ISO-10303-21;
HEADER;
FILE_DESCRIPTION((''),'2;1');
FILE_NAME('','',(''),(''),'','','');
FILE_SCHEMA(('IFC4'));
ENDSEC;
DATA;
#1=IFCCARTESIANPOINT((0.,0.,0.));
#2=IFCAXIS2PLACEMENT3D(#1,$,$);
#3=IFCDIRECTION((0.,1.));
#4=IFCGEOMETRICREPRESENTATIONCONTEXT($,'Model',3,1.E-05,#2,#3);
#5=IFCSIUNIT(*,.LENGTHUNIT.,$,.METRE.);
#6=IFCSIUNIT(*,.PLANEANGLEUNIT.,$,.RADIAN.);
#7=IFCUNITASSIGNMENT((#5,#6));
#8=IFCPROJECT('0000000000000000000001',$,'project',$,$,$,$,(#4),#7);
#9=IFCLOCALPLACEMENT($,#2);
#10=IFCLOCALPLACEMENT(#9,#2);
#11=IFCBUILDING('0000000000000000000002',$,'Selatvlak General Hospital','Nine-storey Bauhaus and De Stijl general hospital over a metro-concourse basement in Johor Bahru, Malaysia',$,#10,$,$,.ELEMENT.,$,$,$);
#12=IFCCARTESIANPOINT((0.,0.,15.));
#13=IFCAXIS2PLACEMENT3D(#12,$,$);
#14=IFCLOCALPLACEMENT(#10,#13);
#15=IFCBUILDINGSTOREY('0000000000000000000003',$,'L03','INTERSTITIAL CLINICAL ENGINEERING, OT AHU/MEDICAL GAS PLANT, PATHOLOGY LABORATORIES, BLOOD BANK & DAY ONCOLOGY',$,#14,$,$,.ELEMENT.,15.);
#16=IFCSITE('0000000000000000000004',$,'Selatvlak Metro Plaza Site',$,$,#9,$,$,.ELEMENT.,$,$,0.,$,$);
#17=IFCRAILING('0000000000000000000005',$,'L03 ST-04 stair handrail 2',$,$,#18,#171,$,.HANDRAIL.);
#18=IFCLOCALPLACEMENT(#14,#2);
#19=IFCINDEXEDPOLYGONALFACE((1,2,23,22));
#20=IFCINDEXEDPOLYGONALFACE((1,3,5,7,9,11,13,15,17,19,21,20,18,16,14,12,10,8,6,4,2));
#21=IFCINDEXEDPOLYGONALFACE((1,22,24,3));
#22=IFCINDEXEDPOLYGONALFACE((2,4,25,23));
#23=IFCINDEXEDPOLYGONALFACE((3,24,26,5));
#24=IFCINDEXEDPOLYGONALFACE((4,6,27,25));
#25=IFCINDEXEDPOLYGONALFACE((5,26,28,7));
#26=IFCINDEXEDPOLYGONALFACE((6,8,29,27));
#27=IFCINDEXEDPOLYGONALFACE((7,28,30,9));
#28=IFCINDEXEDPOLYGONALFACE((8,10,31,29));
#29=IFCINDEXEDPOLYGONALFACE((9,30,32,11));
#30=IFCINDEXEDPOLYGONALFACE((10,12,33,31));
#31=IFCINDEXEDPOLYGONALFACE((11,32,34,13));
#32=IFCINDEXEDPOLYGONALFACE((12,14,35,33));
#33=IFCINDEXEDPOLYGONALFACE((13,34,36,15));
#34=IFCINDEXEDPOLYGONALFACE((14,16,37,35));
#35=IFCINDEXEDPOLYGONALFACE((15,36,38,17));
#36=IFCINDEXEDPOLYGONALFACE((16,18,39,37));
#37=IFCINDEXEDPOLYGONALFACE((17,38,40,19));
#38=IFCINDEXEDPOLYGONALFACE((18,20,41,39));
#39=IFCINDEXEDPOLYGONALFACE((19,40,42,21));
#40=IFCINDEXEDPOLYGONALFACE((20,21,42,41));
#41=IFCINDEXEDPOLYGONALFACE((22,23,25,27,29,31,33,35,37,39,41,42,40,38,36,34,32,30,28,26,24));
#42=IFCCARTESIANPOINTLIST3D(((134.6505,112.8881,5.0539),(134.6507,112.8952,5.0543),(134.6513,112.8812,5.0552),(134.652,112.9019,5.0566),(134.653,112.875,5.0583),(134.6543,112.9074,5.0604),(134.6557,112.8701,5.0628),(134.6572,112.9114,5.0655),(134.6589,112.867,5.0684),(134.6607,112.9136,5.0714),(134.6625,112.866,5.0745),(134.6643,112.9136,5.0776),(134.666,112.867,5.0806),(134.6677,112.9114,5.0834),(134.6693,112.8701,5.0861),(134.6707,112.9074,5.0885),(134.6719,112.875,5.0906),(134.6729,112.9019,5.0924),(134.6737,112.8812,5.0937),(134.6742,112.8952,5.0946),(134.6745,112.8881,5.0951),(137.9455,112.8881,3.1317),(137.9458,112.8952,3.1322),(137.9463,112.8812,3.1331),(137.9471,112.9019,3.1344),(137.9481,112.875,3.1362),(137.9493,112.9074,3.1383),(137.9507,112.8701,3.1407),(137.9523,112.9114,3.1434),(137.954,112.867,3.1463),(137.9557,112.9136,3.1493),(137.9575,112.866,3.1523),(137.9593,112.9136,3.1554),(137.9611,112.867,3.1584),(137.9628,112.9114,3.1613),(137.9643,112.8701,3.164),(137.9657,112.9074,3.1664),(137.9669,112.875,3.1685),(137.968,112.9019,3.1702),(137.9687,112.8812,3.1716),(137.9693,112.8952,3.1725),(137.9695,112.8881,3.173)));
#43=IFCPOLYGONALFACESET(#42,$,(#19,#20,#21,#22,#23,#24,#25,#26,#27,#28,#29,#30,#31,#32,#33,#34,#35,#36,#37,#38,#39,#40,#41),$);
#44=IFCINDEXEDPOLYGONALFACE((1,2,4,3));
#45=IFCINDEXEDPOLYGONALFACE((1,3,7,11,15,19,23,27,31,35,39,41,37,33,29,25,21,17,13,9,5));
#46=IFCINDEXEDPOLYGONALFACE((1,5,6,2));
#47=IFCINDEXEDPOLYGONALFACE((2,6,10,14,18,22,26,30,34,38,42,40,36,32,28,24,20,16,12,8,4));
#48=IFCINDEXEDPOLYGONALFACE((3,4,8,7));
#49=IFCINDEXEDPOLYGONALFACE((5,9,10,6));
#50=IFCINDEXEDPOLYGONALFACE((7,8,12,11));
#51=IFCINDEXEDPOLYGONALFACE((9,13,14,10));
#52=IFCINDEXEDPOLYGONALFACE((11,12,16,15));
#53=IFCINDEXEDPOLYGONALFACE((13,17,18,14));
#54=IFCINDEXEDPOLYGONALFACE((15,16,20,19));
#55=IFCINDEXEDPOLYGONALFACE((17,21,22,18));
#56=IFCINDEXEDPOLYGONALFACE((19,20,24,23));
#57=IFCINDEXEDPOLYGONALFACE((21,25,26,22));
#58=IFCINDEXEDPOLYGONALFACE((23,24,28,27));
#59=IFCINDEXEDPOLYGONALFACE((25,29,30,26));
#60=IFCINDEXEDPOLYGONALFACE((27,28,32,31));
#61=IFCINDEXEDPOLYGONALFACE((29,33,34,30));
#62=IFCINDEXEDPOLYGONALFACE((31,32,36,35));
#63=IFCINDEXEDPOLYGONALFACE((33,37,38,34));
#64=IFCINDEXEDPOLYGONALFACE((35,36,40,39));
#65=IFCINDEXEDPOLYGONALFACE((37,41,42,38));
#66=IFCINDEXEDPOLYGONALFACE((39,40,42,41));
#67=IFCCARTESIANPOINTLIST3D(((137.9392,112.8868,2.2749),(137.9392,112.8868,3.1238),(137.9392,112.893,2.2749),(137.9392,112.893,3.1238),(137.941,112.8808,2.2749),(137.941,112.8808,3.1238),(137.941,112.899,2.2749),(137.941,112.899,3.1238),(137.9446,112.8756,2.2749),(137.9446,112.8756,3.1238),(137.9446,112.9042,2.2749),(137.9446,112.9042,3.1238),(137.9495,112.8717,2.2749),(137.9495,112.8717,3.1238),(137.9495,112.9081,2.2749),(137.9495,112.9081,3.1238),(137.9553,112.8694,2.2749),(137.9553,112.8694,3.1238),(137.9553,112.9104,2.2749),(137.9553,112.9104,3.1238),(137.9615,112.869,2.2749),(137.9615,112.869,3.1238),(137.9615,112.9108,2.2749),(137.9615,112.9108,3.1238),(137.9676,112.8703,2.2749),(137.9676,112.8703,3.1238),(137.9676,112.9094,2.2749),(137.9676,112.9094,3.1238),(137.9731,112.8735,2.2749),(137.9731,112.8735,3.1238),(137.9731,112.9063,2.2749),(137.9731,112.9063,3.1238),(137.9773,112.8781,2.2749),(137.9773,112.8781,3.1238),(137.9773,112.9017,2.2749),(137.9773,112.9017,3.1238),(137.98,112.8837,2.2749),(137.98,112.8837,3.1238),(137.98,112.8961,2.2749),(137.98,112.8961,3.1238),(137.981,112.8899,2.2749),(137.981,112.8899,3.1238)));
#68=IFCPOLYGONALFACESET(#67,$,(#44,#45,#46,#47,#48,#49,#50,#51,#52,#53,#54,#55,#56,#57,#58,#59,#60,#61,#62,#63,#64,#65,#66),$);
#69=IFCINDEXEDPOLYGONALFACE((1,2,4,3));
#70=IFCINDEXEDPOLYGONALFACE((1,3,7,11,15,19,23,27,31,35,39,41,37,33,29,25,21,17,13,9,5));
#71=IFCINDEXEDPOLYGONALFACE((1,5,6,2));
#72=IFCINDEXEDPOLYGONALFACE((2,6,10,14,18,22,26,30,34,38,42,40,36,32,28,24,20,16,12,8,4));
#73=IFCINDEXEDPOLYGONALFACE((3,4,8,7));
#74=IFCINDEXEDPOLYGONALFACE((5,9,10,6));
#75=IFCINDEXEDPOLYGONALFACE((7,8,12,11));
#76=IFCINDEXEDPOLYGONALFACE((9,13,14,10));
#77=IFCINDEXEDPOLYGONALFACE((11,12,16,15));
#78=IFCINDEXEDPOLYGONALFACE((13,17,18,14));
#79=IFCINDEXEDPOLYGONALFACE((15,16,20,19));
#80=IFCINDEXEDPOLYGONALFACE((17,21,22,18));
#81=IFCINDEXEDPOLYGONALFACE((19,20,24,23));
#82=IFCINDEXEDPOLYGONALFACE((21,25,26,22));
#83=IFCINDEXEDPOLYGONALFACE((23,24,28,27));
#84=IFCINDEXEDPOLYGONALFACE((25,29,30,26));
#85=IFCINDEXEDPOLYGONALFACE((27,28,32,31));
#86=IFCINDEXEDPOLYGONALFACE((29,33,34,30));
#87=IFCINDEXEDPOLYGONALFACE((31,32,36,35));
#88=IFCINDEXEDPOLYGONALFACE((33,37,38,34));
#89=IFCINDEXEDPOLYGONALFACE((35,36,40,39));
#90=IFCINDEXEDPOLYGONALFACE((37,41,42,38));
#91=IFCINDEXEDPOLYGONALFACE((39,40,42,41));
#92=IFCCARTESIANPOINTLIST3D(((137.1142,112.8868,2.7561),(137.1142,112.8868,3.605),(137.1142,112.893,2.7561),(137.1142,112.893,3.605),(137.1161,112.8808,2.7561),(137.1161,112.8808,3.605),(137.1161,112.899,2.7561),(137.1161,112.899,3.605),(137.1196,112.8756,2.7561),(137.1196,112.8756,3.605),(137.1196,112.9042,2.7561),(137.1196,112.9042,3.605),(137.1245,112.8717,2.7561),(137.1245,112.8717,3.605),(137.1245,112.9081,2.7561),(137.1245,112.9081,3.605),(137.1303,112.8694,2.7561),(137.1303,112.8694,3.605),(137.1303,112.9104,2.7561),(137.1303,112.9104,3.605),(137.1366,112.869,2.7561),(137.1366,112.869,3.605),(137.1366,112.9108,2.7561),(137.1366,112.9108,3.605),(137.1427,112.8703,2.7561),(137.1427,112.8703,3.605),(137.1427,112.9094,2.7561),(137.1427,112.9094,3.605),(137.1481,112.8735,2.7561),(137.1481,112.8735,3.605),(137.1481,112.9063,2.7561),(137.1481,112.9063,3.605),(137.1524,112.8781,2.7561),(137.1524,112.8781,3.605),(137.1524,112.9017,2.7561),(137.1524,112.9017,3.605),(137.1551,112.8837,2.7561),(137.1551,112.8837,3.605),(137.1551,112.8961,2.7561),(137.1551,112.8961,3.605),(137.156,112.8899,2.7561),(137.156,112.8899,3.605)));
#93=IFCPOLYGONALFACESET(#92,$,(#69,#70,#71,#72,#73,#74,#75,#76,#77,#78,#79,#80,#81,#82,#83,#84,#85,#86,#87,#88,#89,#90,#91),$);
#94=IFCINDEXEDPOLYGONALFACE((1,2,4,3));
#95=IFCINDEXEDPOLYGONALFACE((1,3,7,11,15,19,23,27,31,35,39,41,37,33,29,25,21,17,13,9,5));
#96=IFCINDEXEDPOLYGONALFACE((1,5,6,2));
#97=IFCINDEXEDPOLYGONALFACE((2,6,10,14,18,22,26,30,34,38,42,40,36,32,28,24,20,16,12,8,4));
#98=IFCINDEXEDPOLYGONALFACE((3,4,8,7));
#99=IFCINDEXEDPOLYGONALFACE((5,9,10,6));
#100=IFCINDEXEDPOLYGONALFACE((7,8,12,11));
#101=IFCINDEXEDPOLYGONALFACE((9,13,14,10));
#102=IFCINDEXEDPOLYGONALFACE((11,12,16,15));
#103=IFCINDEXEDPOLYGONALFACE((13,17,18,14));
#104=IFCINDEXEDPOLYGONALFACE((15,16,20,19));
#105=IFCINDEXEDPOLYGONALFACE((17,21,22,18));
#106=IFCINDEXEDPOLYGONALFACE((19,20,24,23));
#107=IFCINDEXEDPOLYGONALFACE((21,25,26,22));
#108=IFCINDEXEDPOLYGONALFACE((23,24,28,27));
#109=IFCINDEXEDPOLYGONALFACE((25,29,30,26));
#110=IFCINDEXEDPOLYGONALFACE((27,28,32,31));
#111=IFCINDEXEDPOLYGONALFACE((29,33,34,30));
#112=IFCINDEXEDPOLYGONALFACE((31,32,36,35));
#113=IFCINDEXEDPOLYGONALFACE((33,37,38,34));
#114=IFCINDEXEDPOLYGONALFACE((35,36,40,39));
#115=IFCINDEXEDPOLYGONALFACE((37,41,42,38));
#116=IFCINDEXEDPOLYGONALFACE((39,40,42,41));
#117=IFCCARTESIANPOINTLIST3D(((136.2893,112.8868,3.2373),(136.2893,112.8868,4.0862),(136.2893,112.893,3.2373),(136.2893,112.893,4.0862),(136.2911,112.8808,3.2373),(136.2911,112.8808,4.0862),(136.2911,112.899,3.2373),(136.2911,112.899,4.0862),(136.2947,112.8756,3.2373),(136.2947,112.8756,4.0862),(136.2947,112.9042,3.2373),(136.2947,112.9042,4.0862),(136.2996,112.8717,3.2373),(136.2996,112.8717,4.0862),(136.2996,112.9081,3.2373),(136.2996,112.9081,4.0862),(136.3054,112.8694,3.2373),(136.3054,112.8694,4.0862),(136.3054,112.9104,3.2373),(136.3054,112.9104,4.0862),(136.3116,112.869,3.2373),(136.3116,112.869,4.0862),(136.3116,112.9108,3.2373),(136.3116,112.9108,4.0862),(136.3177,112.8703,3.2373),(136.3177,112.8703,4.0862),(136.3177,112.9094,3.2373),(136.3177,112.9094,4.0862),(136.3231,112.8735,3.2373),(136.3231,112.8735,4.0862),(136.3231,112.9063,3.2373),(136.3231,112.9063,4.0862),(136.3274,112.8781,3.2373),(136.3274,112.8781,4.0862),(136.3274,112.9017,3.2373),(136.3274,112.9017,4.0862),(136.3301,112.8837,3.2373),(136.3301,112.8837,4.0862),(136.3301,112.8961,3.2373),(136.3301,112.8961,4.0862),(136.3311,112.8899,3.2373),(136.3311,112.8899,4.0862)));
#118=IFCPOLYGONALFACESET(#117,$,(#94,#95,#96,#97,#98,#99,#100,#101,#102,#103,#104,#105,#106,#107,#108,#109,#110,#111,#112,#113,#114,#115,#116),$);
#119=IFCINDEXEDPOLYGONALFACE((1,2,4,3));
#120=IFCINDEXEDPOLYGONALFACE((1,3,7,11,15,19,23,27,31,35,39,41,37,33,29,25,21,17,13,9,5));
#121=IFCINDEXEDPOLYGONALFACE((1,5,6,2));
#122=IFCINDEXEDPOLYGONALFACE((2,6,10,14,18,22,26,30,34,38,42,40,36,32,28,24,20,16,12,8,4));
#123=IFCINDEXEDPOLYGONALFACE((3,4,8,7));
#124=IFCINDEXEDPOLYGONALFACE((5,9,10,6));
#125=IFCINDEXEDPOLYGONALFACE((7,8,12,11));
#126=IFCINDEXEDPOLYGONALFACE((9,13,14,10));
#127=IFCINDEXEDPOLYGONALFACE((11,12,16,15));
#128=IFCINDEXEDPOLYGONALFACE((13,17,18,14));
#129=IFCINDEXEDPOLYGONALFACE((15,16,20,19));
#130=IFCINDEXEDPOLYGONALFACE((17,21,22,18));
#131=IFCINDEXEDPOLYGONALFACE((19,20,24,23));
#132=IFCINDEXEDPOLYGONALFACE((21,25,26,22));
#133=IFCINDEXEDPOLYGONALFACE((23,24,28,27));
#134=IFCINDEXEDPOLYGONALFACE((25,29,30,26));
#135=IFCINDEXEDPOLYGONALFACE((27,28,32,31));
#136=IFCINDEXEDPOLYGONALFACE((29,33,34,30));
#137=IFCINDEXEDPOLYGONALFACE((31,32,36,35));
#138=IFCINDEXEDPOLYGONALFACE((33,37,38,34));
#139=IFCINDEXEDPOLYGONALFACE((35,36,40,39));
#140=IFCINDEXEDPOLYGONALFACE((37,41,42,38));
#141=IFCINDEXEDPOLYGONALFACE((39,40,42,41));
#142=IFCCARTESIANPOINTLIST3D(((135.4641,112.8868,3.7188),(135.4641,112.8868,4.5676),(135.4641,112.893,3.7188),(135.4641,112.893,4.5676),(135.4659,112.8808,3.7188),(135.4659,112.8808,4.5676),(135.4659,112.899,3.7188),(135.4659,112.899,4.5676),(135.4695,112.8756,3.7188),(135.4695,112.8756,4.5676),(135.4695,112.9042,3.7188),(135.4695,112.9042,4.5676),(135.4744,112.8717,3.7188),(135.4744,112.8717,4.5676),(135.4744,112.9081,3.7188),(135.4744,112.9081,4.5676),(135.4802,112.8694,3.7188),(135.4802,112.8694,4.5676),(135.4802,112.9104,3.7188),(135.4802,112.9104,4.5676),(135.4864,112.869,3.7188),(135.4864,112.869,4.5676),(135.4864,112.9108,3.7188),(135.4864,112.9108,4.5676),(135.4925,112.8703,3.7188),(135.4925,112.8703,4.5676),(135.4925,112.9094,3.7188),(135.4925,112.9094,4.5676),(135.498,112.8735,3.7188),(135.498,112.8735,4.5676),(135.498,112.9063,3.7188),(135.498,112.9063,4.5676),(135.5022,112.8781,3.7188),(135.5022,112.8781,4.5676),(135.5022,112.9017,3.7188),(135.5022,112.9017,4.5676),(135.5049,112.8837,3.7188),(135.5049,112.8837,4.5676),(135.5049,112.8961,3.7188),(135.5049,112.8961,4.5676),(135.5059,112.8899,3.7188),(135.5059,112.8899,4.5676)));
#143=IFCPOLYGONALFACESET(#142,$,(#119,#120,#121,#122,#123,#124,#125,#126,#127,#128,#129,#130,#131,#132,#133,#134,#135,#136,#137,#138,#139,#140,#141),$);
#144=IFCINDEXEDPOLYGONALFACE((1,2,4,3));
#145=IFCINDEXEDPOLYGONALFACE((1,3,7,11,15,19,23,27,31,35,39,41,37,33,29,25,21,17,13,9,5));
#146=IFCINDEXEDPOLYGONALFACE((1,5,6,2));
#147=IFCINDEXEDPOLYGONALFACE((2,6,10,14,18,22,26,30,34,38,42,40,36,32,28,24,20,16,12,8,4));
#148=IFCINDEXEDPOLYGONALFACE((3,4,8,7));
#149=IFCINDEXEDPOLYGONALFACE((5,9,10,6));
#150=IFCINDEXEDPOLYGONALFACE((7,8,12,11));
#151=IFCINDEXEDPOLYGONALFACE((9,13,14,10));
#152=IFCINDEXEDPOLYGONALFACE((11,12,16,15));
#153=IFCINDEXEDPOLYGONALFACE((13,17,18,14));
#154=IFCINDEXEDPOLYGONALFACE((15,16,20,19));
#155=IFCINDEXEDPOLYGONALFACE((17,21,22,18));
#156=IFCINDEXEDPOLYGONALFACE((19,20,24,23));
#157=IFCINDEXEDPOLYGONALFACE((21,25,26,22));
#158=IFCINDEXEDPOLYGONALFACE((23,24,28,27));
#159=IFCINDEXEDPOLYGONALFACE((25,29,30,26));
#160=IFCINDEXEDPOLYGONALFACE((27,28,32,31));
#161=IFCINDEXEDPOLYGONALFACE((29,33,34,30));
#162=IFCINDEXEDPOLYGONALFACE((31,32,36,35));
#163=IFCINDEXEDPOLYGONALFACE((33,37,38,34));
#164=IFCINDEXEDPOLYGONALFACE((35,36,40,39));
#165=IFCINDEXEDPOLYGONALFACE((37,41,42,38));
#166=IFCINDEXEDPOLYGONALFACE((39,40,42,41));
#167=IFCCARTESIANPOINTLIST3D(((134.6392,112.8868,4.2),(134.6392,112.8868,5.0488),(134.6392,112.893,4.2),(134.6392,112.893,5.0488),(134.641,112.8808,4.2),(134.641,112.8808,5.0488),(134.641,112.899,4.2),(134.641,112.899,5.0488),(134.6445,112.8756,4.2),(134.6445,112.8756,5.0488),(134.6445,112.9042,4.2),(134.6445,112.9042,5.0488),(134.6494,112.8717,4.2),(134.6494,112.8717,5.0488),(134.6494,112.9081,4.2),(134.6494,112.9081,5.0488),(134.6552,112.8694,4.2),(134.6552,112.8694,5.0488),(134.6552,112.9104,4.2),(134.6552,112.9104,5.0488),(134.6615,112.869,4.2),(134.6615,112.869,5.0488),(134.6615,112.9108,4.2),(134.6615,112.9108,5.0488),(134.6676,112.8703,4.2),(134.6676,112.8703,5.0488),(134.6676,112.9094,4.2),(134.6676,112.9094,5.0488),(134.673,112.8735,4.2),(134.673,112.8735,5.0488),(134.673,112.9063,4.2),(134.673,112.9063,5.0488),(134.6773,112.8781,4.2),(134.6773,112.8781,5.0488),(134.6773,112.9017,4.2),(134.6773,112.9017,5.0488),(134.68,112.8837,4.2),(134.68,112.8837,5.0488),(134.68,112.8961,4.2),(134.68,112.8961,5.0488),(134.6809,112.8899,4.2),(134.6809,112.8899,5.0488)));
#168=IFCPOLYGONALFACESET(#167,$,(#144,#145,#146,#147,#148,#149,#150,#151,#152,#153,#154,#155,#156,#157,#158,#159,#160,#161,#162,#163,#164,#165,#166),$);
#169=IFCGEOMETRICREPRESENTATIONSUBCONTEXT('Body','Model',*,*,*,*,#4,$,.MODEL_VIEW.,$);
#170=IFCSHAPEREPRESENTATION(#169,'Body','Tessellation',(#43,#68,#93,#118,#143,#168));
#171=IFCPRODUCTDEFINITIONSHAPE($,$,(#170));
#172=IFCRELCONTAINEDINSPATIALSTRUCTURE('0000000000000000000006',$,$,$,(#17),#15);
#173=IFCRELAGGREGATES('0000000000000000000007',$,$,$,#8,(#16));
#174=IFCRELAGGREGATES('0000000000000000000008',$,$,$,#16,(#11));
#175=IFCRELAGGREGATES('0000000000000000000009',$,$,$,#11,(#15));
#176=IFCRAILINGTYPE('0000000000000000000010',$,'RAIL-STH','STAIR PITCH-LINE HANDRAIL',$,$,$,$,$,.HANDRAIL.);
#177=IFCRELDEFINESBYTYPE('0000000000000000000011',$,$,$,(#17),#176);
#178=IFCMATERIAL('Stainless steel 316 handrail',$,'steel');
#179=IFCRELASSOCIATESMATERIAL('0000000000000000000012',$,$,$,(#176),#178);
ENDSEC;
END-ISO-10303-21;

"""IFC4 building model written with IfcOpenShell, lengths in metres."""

from ifc_helpers import new_model, si_unit, direction, frame, origin, origin_2d, place, context, subcontext, project, spatial, circle, extrude, material, type_object, element, save


model = new_model("IFC4")

# Units and contexts
model_context = context("Model", 3, precision=1e-05, world=origin(), true_north=direction((0.0, 1.0)))
body_context = subcontext(model_context, "Body", "Model", "MODEL_VIEW")
ifc_project = project(units=[si_unit("LENGTHUNIT", "METRE"), si_unit("PLANEANGLEUNIT", "RADIAN")], contexts=[model_context])

# Site, building, storey
site_placement = place(None, origin())
site = spatial("IfcSite", under=ifc_project, at=site_placement, Name="Selatvlak Metro Plaza Site", CompositionType="ELEMENT", RefElevation=0.0)
building_placement = place(site_placement, origin())
building = spatial("IfcBuilding", under=site, at=building_placement, Name="Selatvlak General Hospital", Description="Nine-storey Bauhaus and De Stijl general hospital over a metro-concourse basement in Johor Bahru, Malaysia", CompositionType="ELEMENT")
storey_placement = place(building_placement, frame((0.0, 0.0, 15.0)))
storey = spatial("IfcBuildingStorey", under=building, at=storey_placement, Name="L03", Description="INTERSTITIAL CLINICAL ENGINEERING, OT AHU/MEDICAL GAS PLANT, PATHOLOGY LABORATORIES, BLOOD BANK & DAY ONCOLOGY", CompositionType="ELEMENT", Elevation=15.0)

# Railing
ifc_material_1 = material(Name="Stainless steel 316 handrail", Category="steel")
railing_type_1 = type_object("IfcRailingType", Name="RAIL-STH", Description="STAIR PITCH-LINE HANDRAIL", PredefinedType="HANDRAIL", material=ifc_material_1)
railing_1_placement = place(storey_placement, frame((137.96, 112.8899, 2.2749)))
element("IfcRailing", 1, at=railing_1_placement, inside=storey, type_object=railing_type_1, Name="L03 ST-04 stair handrail 2", PredefinedType="HANDRAIL", context=body_context, shape_type="SweptSolid", body=[
    extrude(circle(Radius=0.0239, at=origin_2d()), frame((-0.0024, 0.0, 0.8774), z_axis=(-0.863777, 0.0, 0.503875), x_axis=(0.0, -1.0, 0.0)), (0.0, 0.0, 1.0), 3.8147),
    extrude(circle(Radius=0.021, at=origin_2d()), origin(), (0.0, 0.0, 1.0), 0.8489),
    extrude(circle(Radius=0.021, at=origin_2d()), frame((-0.825, 0.0, 0.4812)), (0.0, 0.0, 1.0), 0.8489),
    extrude(circle(Radius=0.021, at=origin_2d()), frame((-1.6499, 0.0, 0.9624)), (0.0, 0.0, 1.0), 0.8489),
    extrude(circle(Radius=0.021, at=origin_2d()), frame((-2.4751, 0.0, 1.4438)), (0.0, 0.0, 1.0), 0.8489),
    extrude(circle(Radius=0.021, at=origin_2d()), frame((-3.3, 0.0, 1.925)), (0.0, 0.0, 1.0), 0.8489),
])

save(model, "model.ifc")
